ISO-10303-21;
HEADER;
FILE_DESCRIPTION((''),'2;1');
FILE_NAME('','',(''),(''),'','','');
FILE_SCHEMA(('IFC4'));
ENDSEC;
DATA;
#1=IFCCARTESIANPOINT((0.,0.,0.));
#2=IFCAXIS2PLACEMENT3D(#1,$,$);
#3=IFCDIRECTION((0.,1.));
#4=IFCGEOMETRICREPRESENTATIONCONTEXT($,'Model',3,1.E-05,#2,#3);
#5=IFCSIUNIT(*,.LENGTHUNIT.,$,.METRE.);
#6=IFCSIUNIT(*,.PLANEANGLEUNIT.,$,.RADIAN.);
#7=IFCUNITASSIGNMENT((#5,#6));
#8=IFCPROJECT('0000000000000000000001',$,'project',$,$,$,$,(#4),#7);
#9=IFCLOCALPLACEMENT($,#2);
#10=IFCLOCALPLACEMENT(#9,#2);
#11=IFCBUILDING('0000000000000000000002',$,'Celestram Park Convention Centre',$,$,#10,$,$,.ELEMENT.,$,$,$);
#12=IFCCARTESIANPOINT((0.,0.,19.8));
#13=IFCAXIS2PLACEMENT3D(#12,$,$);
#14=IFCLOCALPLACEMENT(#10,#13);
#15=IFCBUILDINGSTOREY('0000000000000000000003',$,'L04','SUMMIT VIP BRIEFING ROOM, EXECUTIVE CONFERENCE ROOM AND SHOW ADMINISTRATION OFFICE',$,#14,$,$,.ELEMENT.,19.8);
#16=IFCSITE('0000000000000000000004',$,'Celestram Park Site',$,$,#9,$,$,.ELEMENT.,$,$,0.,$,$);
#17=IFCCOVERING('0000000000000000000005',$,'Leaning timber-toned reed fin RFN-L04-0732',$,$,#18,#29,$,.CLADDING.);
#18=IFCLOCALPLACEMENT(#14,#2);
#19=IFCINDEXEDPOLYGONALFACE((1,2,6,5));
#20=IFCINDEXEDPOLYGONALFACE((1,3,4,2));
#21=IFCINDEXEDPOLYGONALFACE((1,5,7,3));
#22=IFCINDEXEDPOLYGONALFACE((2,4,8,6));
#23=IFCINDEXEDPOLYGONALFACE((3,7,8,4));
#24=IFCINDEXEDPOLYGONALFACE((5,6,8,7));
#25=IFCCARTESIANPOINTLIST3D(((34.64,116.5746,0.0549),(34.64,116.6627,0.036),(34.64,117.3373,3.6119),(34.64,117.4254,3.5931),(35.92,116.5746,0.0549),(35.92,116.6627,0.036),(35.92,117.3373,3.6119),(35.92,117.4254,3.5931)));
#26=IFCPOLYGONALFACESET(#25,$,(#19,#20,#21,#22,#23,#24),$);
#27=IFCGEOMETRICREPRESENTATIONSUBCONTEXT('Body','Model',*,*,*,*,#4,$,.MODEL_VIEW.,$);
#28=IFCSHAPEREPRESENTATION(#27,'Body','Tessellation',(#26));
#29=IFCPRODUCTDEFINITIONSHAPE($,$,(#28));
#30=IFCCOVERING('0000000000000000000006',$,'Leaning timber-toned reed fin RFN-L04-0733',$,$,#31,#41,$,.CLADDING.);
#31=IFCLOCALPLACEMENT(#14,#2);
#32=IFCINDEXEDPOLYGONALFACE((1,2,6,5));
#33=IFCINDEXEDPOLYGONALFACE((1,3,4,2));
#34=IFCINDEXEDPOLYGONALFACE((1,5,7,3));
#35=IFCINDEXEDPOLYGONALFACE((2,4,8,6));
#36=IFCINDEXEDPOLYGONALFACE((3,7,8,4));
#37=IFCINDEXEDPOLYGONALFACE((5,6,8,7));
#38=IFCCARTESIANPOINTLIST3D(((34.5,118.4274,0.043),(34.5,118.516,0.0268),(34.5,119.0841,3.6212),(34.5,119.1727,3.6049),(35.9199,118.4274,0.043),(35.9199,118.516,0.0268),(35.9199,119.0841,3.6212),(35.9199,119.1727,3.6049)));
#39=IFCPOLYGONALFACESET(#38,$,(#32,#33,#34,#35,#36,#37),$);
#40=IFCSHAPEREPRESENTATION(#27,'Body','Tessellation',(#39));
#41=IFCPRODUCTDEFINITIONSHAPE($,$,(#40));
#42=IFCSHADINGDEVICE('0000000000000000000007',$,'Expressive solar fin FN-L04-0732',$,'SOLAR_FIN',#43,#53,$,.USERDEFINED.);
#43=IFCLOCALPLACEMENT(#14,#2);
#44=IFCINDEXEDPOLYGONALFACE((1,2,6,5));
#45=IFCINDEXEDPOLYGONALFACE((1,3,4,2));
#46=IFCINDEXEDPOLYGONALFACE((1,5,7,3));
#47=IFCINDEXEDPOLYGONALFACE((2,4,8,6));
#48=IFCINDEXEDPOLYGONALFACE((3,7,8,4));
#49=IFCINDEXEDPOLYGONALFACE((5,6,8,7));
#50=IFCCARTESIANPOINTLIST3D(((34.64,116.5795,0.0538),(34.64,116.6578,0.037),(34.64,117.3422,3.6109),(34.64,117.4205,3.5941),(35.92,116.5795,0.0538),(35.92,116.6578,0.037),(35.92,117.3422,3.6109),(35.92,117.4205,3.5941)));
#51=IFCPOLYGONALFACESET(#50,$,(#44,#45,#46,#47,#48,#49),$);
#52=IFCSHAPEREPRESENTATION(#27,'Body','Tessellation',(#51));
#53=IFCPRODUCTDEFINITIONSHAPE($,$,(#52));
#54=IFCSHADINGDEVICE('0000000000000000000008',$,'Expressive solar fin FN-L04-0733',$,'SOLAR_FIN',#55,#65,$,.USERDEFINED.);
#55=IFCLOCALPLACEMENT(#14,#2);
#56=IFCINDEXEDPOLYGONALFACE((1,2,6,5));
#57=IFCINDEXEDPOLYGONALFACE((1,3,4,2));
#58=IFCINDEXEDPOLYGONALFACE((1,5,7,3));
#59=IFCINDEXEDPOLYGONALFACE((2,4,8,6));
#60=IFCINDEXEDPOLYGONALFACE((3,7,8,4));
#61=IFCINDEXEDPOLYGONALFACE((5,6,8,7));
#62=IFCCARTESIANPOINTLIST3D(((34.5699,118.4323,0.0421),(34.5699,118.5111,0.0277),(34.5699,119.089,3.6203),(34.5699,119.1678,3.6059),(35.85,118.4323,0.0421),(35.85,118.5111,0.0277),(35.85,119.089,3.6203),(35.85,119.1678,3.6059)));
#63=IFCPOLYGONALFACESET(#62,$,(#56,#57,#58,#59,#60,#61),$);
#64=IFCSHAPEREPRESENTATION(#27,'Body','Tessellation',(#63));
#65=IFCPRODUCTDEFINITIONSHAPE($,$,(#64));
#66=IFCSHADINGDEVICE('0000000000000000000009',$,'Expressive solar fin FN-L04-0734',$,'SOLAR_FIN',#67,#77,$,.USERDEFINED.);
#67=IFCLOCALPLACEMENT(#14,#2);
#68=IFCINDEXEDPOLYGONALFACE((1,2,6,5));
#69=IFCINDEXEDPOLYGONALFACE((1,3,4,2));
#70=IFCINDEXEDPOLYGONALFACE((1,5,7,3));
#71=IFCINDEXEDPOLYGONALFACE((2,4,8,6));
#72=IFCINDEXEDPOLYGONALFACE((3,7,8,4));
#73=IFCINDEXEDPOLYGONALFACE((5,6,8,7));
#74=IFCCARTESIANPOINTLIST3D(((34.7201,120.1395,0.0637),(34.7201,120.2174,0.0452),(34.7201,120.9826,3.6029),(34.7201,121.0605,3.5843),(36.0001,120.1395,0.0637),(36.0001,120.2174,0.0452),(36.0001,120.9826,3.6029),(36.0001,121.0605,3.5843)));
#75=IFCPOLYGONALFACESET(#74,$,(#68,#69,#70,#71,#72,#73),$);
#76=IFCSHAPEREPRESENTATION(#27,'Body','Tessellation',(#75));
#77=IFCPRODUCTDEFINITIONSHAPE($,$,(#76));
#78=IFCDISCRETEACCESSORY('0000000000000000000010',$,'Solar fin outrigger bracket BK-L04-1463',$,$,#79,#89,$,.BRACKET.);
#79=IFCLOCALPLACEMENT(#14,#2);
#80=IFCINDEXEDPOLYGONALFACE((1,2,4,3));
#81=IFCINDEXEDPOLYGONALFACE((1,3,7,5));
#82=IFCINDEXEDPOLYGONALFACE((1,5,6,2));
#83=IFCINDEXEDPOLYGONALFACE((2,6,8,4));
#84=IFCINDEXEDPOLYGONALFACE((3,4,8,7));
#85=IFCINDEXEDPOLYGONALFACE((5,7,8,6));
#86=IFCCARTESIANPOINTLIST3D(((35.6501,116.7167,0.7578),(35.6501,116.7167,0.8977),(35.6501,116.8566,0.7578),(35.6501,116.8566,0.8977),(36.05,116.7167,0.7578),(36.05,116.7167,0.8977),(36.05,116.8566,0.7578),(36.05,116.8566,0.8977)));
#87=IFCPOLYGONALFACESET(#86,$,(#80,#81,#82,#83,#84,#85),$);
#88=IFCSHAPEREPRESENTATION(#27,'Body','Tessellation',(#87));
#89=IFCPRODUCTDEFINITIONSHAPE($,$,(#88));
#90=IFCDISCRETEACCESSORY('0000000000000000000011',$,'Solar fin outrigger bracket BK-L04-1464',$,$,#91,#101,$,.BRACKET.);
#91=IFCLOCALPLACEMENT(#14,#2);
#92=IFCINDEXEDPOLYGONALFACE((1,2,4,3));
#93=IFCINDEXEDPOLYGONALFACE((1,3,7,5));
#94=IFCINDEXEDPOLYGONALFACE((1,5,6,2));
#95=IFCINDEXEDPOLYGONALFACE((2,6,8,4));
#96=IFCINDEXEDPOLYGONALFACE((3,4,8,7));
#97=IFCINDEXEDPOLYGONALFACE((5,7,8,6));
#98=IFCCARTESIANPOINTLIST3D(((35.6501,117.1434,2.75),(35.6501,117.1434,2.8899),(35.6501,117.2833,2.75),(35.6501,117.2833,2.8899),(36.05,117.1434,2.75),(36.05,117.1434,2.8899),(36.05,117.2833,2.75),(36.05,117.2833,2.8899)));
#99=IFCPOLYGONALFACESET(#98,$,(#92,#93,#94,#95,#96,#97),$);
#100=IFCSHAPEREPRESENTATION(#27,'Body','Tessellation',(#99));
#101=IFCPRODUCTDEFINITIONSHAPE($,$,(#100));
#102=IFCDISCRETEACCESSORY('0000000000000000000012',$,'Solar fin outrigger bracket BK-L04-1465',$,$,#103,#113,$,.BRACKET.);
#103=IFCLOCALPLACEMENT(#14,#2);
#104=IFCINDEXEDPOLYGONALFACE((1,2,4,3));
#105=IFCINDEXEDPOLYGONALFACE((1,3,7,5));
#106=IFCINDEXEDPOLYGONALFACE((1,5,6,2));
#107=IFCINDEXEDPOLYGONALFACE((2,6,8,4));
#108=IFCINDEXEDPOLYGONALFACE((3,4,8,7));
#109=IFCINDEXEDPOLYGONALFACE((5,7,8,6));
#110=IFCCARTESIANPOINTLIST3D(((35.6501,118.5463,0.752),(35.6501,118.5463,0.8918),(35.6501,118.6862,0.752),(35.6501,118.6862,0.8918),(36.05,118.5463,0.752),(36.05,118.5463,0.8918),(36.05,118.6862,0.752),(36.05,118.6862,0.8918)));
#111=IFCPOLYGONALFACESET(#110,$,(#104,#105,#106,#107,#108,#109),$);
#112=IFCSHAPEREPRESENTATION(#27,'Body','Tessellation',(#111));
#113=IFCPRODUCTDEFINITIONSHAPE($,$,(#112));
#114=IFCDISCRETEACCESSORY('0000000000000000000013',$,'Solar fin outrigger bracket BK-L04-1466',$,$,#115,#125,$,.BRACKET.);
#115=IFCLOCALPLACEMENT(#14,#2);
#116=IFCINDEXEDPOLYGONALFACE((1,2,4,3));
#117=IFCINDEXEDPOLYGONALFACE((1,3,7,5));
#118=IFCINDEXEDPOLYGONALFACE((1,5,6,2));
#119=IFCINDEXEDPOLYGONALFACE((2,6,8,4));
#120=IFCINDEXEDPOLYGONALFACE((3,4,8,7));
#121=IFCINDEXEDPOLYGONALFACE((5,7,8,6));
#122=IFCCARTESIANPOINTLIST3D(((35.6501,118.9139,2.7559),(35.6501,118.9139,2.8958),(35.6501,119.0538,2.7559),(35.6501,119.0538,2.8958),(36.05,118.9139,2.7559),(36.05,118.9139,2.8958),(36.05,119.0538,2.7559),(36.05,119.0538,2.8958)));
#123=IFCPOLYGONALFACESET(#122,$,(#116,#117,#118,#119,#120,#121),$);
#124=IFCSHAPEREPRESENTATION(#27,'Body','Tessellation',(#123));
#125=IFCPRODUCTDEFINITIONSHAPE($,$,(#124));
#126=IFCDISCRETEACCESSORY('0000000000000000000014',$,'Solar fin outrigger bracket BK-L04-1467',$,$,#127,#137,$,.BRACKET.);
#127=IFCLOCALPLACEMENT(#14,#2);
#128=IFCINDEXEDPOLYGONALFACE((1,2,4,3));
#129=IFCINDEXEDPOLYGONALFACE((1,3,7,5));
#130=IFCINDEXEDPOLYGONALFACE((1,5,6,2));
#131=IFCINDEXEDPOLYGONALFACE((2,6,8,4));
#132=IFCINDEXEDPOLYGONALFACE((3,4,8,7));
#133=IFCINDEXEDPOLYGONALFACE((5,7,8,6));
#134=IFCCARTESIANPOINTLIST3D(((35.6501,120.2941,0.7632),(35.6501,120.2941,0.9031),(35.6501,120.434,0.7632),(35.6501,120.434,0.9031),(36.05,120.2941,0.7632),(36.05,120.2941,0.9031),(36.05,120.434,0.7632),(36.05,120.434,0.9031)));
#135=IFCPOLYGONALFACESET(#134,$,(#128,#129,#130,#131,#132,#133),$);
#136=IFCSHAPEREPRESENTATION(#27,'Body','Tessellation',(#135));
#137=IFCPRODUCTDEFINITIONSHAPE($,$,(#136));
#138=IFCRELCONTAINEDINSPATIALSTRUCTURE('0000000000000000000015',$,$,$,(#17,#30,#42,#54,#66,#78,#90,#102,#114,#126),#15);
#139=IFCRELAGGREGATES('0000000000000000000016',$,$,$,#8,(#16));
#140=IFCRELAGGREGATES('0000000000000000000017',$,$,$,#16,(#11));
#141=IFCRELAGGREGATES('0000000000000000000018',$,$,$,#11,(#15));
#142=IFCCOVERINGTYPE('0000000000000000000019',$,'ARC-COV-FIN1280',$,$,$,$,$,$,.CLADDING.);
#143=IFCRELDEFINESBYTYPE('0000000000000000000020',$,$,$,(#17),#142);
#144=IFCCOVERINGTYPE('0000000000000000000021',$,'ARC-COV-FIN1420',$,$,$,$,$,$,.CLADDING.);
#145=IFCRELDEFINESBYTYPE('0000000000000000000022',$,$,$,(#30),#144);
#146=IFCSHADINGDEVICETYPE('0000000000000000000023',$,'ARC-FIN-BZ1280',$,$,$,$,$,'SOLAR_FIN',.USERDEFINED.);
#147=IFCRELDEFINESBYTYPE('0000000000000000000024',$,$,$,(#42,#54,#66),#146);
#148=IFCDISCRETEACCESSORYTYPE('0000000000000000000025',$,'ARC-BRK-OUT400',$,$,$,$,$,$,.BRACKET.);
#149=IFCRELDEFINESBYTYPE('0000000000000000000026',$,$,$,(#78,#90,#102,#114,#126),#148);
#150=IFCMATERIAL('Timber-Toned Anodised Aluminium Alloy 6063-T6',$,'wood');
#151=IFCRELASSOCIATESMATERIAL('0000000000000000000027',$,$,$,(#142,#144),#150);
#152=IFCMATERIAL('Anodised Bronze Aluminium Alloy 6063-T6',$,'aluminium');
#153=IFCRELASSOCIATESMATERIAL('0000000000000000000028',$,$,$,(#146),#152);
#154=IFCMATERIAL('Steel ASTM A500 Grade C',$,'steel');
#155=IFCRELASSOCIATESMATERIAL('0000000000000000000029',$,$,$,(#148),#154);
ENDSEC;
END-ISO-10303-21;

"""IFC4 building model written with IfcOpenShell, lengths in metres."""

from ifc_helpers import new_model, si_unit, direction, frame, origin, origin_2d, place, context, subcontext, project, spatial, rectangle, extrude, material, material_profile, profile_set, type_object, element, save


model = new_model("IFC4")

# Units and contexts
model_context = context("Model", 3, precision=1e-05, world=origin(), true_north=direction((0.0, 1.0)))
body_context = subcontext(model_context, "Body", "Model", "MODEL_VIEW")
ifc_project = project(units=[si_unit("LENGTHUNIT", "METRE"), si_unit("PLANEANGLEUNIT", "RADIAN")], contexts=[model_context])

# Site, building, storey
site_placement = place(None, origin())
site = spatial("IfcSite", under=ifc_project, at=site_placement, Name="Celestram Park Site", CompositionType="ELEMENT", RefElevation=0.0)
building_placement = place(site_placement, origin())
building = spatial("IfcBuilding", under=site, at=building_placement, Name="Celestram Park Convention Centre", CompositionType="ELEMENT")
storey_placement = place(building_placement, frame((0.0, 0.0, 19.8)))
storey = spatial("IfcBuildingStorey", under=building, at=storey_placement, Name="L04", Description="SUMMIT VIP BRIEFING ROOM, EXECUTIVE CONFERENCE ROOM AND SHOW ADMINISTRATION OFFICE", CompositionType="ELEMENT", Elevation=19.8)

# Shared definitions
ifc_material_1 = material(Name="Steel ASTM A500 Grade C", Category="steel")

# Coverings
ifc_material_2 = material(Name="Timber-Toned Anodised Aluminium Alloy 6063-T6", Category="wood")
ifc_material_profile_1 = material_profile(ifc_material_2, rectangle(XDim=1.28, YDim=0.0901, at=origin_2d()), Name="REED1280X90")
ifc_profile_set_1 = profile_set([ifc_material_profile_1], Name="Timber-Toned Anodised Aluminium Alloy 6063-T6")
covering_type_1 = type_object("IfcCoveringType", Name="ARC-COV-FIN1280", PredefinedType="CLADDING", material=ifc_profile_set_1)
covering_1_placement = place(storey_placement, frame((35.28, 116.6187, 0.0454), z_axis=(0.0, 0.209648, 0.977777), x_axis=(-1.0, 0.0, 0.0)))
element("IfcCovering", 1, at=covering_1_placement, inside=storey, type_object=covering_type_1, Name="Leaning timber-toned reed fin RFN-L04-0732", PredefinedType="CLADDING", context=body_context, shape_type="SweptSolid", body=[
    extrude(rectangle(XDim=1.28, YDim=0.0901, at=origin_2d()), origin(), (0.0, 0.0, 1.0), 3.6379),
])
ifc_material_profile_2 = material_profile(ifc_material_2, rectangle(XDim=1.4199, YDim=0.0901, at=origin_2d()), Name="REED1420X90")
ifc_profile_set_2 = profile_set([ifc_material_profile_2], Name="Timber-Toned Anodised Aluminium Alloy 6063-T6")
covering_type_2 = type_object("IfcCoveringType", Name="ARC-COV-FIN1420", PredefinedType="CLADDING", material=ifc_profile_set_2)
covering_2_placement = place(storey_placement, frame((35.21, 118.4717, 0.0349), z_axis=(0.0, 0.180527, 0.98357), x_axis=(-1.0, 0.0, 0.0)))
element("IfcCovering", 2, at=covering_2_placement, inside=storey, type_object=covering_type_2, Name="Leaning timber-toned reed fin RFN-L04-0733", PredefinedType="CLADDING", context=body_context, shape_type="SweptSolid", body=[
    extrude(rectangle(XDim=1.4199, YDim=0.0901, at=origin_2d()), origin(), (0.0, 0.0, 1.0), 3.6379),
])

# Shading devices
ifc_material_3 = material(Name="Anodised Bronze Aluminium Alloy 6063-T6", Category="aluminium")
ifc_material_profile_3 = material_profile(ifc_material_3, rectangle(XDim=1.28, YDim=0.0801, at=origin_2d()), Name="FIN1280X80")
ifc_profile_set_3 = profile_set([ifc_material_profile_3], Name="Anodised Bronze Aluminium Alloy 6063-T6")
shading_device_type = type_object("IfcShadingDeviceType", Name="ARC-FIN-BZ1280", ElementType="SOLAR_FIN", PredefinedType="USERDEFINED", material=ifc_profile_set_3)
for number, where, z_axis, x_axis, name in (
    (3, (35.28, 116.6187, 0.0454), (0.0, 0.209648, 0.977777), (-1.0, 0.0, 0.0), "Expressive solar fin FN-L04-0732"),
    (4, (35.21, 118.4717, 0.0349), (0.0, 0.180527, 0.98357), (-1.0, 0.0, 0.0), "Expressive solar fin FN-L04-0733"),
):
    element("IfcShadingDevice", number, at=place(storey_placement, frame(where, z_axis=z_axis, x_axis=x_axis)), inside=storey, type_object=shading_device_type, Name=name, ObjectType="SOLAR_FIN", PredefinedType="USERDEFINED", context=body_context, shape_type="SweptSolid", body=[
        extrude(rectangle(XDim=1.28, YDim=0.0801, at=origin_2d()), origin(), (0.0, 0.0, 1.0), 3.6379),
    ])
shading_device_placement = place(storey_placement, frame((35.3601, 120.1785, 0.0544), z_axis=(0.0, 0.23172, 0.972782), x_axis=(-1.0, 0.0, 0.0)))
element("IfcShadingDevice", 5, at=shading_device_placement, inside=storey, type_object=shading_device_type, Name="Expressive solar fin FN-L04-0734", ObjectType="SOLAR_FIN", PredefinedType="USERDEFINED", context=body_context, shape_type="SweptSolid", body=[
    extrude(rectangle(XDim=1.28, YDim=0.0801, at=origin_2d()), origin(), (0.0, 0.0, 1.0), 3.6382),
])

# Discrete accessories
discrete_accessory_type = type_object("IfcDiscreteAccessoryType", Name="ARC-BRK-OUT400", PredefinedType="BRACKET", material=ifc_material_1)
for number, where, z_axis, x_axis, name in (
    (6, (35.8501, 116.7866, 0.7578), (0.0, 0.0, 1.0), (-1.0, 0.0, 0.0), "Solar fin outrigger bracket BK-L04-1463"),
    (7, (35.8501, 117.2134, 2.75), (0.0, 0.0, 1.0), (-1.0, 0.0, 0.0), "Solar fin outrigger bracket BK-L04-1464"),
    (8, (35.8501, 118.6162, 0.752), (0.0, 0.0, 1.0), (-1.0, 0.0, 0.0), "Solar fin outrigger bracket BK-L04-1465"),
    (9, (35.8501, 118.9839, 2.7559), (0.0, 0.0, 1.0), (-1.0, 0.0, 0.0), "Solar fin outrigger bracket BK-L04-1466"),
    (10, (35.8501, 120.364, 0.7632), (0.0, 0.0, 1.0), (-1.0, 0.0, 0.0), "Solar fin outrigger bracket BK-L04-1467"),
):
    element("IfcDiscreteAccessory", number, at=place(storey_placement, frame(where, z_axis=z_axis, x_axis=x_axis)), inside=storey, type_object=discrete_accessory_type, Name=name, PredefinedType="BRACKET", context=body_context, shape_type="SweptSolid", body=[
        extrude(rectangle(XDim=0.3999, YDim=0.1399, at=origin_2d()), origin(), (0.0, 0.0, 1.0), 0.1399),
    ])

save(model, "model.ifc")
